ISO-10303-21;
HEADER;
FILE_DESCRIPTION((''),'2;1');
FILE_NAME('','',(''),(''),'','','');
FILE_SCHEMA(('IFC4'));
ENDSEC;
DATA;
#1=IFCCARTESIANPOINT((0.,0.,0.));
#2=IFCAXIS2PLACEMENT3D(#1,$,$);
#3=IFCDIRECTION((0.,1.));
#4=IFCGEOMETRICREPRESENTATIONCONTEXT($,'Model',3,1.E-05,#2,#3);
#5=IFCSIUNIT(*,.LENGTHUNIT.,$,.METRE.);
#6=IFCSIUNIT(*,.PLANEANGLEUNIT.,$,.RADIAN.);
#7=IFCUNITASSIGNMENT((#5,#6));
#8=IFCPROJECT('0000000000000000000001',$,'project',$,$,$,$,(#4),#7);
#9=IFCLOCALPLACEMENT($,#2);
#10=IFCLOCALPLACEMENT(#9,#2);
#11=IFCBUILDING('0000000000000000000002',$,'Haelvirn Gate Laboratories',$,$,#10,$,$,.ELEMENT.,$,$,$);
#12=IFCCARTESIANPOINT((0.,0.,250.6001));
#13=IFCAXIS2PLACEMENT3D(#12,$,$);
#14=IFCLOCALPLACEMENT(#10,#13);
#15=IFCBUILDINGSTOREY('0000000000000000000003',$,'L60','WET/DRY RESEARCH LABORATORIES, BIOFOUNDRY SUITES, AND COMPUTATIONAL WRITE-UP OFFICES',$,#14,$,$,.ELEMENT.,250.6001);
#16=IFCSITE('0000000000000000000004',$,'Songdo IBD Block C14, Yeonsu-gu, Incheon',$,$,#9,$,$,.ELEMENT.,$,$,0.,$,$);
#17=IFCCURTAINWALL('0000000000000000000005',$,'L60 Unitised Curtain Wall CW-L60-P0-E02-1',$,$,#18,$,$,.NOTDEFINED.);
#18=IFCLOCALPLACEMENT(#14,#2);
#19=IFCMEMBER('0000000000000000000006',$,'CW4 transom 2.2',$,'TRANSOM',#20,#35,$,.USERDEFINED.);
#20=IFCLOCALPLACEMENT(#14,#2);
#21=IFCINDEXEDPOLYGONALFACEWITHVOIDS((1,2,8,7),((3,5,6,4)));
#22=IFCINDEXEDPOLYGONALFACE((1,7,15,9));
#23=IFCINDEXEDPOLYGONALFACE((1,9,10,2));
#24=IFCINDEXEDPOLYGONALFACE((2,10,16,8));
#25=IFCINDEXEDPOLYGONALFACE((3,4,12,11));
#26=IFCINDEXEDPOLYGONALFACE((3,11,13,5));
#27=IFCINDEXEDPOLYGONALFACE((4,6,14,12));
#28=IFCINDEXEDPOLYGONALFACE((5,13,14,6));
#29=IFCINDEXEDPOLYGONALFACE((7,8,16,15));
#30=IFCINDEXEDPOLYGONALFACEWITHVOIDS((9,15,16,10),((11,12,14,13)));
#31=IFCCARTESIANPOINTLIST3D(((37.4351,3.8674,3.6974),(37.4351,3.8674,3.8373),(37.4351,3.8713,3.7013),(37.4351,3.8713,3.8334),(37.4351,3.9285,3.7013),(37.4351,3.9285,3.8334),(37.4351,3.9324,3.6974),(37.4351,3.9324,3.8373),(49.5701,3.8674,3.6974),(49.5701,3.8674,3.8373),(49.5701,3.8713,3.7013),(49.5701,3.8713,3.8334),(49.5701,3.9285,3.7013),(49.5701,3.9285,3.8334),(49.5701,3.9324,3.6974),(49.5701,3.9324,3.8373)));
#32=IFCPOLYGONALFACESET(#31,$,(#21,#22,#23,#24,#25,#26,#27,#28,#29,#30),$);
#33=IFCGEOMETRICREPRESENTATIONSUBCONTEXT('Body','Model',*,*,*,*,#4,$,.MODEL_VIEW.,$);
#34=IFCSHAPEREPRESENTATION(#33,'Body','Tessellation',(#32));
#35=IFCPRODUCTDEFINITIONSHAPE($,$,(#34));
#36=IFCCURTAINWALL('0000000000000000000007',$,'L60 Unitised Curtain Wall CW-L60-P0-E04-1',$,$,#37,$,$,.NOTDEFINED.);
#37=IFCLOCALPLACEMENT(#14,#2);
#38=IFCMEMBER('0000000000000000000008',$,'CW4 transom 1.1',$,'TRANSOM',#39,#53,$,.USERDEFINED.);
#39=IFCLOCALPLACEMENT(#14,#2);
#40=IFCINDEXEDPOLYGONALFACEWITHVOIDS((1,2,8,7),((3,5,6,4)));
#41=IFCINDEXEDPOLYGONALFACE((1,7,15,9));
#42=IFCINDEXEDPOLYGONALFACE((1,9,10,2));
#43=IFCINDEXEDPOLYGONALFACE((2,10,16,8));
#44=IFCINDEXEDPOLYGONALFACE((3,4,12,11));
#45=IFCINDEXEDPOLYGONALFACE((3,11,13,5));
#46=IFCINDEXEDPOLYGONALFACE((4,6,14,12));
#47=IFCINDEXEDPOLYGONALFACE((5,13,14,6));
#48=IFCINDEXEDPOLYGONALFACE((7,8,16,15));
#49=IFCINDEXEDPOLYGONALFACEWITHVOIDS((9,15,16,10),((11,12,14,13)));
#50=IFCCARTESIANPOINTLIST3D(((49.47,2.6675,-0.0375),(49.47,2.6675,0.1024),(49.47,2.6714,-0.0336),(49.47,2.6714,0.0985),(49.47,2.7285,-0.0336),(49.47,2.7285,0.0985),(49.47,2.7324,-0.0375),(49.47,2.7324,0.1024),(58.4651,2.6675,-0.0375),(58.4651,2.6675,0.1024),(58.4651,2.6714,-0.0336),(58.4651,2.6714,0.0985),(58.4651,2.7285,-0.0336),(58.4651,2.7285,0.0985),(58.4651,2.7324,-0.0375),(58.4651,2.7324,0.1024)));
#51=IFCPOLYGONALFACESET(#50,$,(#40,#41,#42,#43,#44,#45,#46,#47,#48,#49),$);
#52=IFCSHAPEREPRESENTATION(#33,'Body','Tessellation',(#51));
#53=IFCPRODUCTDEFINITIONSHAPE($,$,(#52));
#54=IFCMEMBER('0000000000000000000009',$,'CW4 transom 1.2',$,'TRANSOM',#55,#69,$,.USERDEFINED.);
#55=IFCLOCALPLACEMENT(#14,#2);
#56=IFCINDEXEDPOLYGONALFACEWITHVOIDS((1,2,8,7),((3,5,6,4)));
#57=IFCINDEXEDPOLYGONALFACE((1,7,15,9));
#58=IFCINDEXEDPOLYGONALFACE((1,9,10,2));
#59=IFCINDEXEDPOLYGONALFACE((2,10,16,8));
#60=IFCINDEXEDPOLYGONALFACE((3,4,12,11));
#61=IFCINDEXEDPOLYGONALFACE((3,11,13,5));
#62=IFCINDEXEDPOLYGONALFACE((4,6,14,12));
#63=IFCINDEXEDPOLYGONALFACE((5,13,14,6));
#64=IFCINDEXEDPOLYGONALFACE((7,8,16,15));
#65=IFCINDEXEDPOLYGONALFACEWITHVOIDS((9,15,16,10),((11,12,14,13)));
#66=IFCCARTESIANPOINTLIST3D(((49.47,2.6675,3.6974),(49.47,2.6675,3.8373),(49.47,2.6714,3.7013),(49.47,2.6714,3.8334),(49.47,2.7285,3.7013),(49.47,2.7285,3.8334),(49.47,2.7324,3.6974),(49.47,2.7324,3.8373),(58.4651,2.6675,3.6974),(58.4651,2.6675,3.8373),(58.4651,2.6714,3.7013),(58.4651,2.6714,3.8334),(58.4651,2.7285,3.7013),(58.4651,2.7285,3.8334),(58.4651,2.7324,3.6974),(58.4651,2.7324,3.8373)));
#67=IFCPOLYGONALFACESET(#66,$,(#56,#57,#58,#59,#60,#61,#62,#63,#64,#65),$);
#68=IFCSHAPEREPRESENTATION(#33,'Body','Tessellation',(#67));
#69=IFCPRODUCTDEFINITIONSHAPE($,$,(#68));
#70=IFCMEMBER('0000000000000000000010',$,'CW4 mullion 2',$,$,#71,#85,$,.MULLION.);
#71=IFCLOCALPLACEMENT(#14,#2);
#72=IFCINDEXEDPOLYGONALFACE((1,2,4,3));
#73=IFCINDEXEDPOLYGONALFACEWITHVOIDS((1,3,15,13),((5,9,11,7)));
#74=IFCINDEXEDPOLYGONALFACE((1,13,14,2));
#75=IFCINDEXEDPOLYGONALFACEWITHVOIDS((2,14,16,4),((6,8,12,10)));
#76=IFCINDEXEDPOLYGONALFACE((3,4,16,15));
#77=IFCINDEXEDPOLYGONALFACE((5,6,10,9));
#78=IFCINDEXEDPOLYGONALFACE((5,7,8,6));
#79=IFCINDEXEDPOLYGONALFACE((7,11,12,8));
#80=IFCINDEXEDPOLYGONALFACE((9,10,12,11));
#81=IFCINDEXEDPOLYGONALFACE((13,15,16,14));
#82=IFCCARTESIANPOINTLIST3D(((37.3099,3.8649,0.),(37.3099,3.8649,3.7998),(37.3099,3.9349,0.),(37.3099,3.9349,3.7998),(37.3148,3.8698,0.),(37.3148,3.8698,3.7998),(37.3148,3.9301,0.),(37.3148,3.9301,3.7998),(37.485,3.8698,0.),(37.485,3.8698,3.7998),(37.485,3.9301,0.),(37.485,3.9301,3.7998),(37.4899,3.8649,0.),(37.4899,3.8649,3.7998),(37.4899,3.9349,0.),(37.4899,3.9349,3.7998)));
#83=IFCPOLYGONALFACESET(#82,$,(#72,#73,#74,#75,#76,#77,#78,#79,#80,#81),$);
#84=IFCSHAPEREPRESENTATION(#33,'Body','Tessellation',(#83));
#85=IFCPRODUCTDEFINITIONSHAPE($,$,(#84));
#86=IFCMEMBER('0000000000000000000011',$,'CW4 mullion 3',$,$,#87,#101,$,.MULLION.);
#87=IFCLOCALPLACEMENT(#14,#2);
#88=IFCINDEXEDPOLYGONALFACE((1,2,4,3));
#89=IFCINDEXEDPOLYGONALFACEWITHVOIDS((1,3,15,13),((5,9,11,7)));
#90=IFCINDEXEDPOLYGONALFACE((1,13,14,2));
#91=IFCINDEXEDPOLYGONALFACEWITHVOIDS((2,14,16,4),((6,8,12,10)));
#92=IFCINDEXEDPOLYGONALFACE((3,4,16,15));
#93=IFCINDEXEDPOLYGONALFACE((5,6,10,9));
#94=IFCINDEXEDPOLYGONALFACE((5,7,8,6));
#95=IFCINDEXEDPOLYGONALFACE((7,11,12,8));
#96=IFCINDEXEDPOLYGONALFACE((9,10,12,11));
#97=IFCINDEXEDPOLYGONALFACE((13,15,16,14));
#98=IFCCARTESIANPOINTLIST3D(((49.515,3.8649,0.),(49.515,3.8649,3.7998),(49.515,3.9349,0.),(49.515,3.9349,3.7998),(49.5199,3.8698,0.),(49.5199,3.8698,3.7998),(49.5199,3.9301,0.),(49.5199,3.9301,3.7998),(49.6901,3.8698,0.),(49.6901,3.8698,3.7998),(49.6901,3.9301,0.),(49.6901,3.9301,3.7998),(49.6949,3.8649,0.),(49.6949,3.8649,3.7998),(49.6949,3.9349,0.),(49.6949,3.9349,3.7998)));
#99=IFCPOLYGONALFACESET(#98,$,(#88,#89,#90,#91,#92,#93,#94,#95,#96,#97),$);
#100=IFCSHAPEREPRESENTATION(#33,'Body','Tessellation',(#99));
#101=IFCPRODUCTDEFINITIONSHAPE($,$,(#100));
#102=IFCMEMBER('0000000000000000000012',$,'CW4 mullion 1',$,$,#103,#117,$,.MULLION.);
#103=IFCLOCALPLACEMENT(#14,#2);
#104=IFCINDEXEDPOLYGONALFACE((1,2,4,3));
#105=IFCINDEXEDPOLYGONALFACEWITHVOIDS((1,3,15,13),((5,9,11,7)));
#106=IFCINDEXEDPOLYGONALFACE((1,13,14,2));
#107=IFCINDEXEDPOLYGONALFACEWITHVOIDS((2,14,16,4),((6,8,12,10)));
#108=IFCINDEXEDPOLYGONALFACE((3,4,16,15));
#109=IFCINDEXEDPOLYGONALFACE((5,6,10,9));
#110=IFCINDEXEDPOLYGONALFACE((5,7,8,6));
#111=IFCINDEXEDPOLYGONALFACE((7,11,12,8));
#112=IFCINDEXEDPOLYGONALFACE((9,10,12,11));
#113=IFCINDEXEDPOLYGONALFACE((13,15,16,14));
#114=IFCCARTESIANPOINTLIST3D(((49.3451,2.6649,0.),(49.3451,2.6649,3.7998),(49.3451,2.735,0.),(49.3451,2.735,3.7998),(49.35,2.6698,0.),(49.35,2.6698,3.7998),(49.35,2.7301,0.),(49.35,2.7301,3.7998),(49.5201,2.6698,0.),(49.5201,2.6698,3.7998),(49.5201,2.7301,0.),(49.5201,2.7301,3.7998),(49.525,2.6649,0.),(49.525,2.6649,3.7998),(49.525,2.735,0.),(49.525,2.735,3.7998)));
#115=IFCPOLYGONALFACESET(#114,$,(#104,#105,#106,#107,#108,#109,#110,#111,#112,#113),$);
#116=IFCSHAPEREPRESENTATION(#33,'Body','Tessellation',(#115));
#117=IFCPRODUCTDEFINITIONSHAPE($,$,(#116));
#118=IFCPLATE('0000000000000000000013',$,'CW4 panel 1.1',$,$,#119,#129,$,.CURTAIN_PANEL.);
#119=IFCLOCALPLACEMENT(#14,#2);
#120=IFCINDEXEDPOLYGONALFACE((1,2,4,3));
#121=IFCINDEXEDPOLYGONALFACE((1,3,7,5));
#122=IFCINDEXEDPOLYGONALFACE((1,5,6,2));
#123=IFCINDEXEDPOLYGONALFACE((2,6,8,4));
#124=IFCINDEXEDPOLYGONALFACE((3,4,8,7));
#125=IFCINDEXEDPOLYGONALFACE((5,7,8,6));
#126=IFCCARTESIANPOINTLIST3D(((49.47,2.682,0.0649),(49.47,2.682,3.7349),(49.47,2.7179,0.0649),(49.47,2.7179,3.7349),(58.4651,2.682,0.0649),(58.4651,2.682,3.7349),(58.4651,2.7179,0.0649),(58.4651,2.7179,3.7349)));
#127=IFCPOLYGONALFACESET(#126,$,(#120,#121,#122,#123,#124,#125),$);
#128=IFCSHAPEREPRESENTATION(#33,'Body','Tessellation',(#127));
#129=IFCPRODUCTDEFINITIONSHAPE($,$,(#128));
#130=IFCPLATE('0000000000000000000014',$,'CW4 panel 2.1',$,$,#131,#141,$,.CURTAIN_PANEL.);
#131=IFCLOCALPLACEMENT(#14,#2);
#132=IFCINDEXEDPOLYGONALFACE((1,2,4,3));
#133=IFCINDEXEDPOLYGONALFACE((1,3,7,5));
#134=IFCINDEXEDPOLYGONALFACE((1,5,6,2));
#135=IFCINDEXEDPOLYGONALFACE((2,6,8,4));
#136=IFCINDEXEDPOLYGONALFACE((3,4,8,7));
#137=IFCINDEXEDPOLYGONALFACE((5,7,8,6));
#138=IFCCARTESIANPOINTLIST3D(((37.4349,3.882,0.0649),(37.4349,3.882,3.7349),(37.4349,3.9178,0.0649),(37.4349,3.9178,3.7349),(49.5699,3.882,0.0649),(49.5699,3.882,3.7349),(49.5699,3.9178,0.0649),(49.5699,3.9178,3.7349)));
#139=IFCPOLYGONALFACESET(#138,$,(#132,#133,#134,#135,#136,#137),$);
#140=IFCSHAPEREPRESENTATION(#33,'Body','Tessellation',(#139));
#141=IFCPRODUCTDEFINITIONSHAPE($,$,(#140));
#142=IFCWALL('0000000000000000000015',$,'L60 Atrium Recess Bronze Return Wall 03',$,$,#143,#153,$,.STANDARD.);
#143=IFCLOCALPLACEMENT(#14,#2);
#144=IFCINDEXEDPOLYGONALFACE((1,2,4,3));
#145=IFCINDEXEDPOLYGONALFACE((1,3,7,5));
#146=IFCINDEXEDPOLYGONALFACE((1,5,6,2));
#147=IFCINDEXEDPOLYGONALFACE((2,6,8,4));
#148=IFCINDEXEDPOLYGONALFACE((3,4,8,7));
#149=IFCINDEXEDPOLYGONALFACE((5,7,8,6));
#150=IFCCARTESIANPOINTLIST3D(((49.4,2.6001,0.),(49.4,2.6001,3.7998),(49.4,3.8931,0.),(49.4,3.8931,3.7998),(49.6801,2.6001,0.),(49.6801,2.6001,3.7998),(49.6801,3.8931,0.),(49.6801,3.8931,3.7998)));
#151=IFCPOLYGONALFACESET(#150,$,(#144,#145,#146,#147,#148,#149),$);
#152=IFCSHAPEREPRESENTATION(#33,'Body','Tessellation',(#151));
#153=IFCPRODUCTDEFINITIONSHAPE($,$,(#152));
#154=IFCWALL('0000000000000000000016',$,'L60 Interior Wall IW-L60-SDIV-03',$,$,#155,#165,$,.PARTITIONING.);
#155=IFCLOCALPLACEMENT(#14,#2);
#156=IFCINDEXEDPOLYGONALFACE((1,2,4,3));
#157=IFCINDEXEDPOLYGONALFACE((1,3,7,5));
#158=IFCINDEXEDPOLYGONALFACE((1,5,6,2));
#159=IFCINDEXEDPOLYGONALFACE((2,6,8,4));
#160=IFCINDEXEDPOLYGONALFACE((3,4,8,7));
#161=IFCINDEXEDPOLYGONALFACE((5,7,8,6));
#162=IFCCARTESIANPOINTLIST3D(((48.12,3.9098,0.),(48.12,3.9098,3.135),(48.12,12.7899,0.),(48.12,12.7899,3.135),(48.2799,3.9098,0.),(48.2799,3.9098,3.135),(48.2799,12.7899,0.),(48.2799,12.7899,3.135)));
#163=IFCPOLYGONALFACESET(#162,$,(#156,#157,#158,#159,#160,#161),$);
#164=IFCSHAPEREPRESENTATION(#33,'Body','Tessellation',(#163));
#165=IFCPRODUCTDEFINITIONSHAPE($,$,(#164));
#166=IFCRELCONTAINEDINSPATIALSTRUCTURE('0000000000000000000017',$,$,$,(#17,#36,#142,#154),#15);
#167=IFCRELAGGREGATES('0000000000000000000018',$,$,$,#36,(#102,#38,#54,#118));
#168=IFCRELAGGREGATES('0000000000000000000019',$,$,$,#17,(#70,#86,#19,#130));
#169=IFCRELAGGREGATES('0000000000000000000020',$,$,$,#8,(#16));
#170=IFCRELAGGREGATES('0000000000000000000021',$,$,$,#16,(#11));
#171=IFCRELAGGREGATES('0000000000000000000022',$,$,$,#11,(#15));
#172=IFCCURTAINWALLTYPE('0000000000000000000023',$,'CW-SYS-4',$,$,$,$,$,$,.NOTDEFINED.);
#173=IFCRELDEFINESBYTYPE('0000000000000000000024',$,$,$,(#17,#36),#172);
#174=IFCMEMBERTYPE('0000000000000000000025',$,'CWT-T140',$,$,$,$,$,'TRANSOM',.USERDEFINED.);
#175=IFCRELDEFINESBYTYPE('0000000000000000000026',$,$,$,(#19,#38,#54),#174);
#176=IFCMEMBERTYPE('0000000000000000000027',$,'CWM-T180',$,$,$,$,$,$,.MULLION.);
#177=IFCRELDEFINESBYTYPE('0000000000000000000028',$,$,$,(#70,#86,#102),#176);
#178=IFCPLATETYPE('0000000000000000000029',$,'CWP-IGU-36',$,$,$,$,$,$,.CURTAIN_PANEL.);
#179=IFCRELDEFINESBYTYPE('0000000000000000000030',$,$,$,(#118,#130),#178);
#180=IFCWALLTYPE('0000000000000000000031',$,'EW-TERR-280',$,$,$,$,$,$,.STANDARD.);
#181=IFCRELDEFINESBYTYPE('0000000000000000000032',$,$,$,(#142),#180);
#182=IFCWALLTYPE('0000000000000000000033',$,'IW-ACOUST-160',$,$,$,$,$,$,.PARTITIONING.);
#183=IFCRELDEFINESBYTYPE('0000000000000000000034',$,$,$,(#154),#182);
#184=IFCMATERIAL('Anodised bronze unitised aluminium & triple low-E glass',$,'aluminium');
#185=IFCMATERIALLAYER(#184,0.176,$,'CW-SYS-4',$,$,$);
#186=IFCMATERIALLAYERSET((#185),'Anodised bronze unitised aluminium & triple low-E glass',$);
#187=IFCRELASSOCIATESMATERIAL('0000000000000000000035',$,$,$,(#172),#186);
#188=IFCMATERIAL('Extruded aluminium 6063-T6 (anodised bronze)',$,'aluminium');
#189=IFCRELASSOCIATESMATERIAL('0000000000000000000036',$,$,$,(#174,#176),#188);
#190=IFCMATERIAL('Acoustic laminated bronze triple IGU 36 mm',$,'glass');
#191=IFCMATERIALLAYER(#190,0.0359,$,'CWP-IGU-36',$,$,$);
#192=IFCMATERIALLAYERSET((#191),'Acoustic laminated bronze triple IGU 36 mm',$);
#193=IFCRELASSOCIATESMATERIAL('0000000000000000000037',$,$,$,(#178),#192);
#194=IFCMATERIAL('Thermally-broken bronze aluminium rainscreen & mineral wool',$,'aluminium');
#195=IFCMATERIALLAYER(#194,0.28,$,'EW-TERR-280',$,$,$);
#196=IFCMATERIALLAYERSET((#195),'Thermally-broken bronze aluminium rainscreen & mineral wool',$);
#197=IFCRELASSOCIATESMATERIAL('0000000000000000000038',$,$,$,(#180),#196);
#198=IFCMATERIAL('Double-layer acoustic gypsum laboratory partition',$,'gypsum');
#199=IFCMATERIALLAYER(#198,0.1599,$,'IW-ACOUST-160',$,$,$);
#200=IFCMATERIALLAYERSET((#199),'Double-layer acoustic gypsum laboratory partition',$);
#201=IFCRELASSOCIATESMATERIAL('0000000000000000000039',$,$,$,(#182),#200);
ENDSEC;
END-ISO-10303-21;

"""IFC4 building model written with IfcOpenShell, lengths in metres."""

from ifc_helpers import new_model, si_unit, direction, frame, frame_2d, origin, origin_2d, place, context, subcontext, project, spatial, rectangle, hollow_rectangle, extrude, source, transform, mapped, material, layer, layer_set, material_profile, profile_set, type_object, type_shapes, element, aggregate, save


model = new_model("IFC4")

# Units and contexts
model_context = context("Model", 3, precision=1e-05, world=origin(), true_north=direction((0.0, 1.0)))
body_context = subcontext(model_context, "Body", "Model", "MODEL_VIEW")
ifc_project = project(units=[si_unit("LENGTHUNIT", "METRE"), si_unit("PLANEANGLEUNIT", "RADIAN")], contexts=[model_context])

# Site, building, storey
site_placement = place(None, origin())
site = spatial("IfcSite", under=ifc_project, at=site_placement, Name="Songdo IBD Block C14, Yeonsu-gu, Incheon", CompositionType="ELEMENT", RefElevation=0.0)
building_placement = place(site_placement, origin())
building = spatial("IfcBuilding", under=site, at=building_placement, Name="Haelvirn Gate Laboratories", CompositionType="ELEMENT")
storey_placement = place(building_placement, frame((0.0, 0.0, 250.6001)))
storey = spatial("IfcBuildingStorey", under=building, at=storey_placement, Name="L60", Description="WET/DRY RESEARCH LABORATORIES, BIOFOUNDRY SUITES, AND COMPUTATIONAL WRITE-UP OFFICES", CompositionType="ELEMENT", Elevation=250.6001)

# Curtain walls, members
ifc_material_1 = material(Name="Anodised bronze unitised aluminium & triple low-E glass", Category="aluminium")
ifc_layer_1 = layer(ifc_material_1, 0.176, Name="CW-SYS-4")
ifc_layer_set_1 = layer_set([ifc_layer_1], Name="Anodised bronze unitised aluminium & triple low-E glass")
curtain_wall_type = type_object("IfcCurtainWallType", Name="CW-SYS-4", PredefinedType="NOTDEFINED", material=ifc_layer_set_1)
curtain_wall_1_placement = place(storey_placement, origin())
curtain_wall_1 = element("IfcCurtainWall", 1, at=curtain_wall_1_placement, inside=storey, type_object=curtain_wall_type, Name="L60 Unitised Curtain Wall CW-L60-P0-E02-1", PredefinedType="NOTDEFINED")
ifc_material_2 = material(Name="Extruded aluminium 6063-T6 (anodised bronze)", Category="aluminium")
ifc_material_profile_1 = material_profile(ifc_material_2, hollow_rectangle(XDim=0.0649, YDim=0.1399, WallThickness=0.0039, at=origin_2d()), Name="CWT-140x65x4")
ifc_profile_set_1 = profile_set([ifc_material_profile_1], Name="Extruded aluminium 6063-T6 (anodised bronze)")
member_type_1 = type_object("IfcMemberType", Name="CWT-T140", ElementType="TRANSOM", PredefinedType="USERDEFINED", material=ifc_profile_set_1)
shared_shape_1 = source(origin(), body_context, "Body", "SweptSolid", [
    extrude(hollow_rectangle(XDim=0.0649, YDim=0.1399, WallThickness=0.0039, at=origin_2d()), origin(), (0.0, 0.0, 1.0), 12.135),
])
member_1_placement = place(storey_placement, frame((37.4351, 3.8999, 3.7673), z_axis=(1.0, 0.0, 0.0), x_axis=(0.0, 1.0, 0.0)))
member_1 = element("IfcMember", 2, at=member_1_placement, type_object=member_type_1, Name="CW4 transom 2.2", ObjectType="TRANSOM", PredefinedType="USERDEFINED", context=body_context, shape_type="MappedRepresentation", body=[
    mapped(shared_shape_1, transform((0.0, 0.0, 0.0), scale=1.0)),
])
curtain_wall_2_placement = place(storey_placement, origin())
curtain_wall_2 = element("IfcCurtainWall", 3, at=curtain_wall_2_placement, inside=storey, type_object=curtain_wall_type, Name="L60 Unitised Curtain Wall CW-L60-P0-E04-1", PredefinedType="NOTDEFINED")
shared_shape_2 = source(origin(), body_context, "Body", "SweptSolid", [
    extrude(hollow_rectangle(XDim=0.0649, YDim=0.1399, WallThickness=0.0039, at=origin_2d()), origin(), (0.0, 0.0, 1.0), 8.9951),
])
type_shapes(member_type_1, [shared_shape_1, shared_shape_2])
member_2_placement = place(storey_placement, frame((49.47, 2.7, 0.0325), z_axis=(1.0, 0.0, 0.0), x_axis=(0.0, 1.0, 0.0)))
member_2 = element("IfcMember", 4, at=member_2_placement, type_object=member_type_1, Name="CW4 transom 1.1", ObjectType="TRANSOM", PredefinedType="USERDEFINED", context=body_context, shape_type="MappedRepresentation", body=[
    mapped(shared_shape_2, transform((0.0, 0.0, 0.0), scale=1.0)),
])
member_3_placement = place(storey_placement, frame((49.47, 2.7, 3.7673), z_axis=(1.0, 0.0, 0.0), x_axis=(0.0, 1.0, 0.0)))
member_3 = element("IfcMember", 5, at=member_3_placement, type_object=member_type_1, Name="CW4 transom 1.2", ObjectType="TRANSOM", PredefinedType="USERDEFINED", context=body_context, shape_type="MappedRepresentation", body=[
    mapped(shared_shape_2, transform((0.0, 0.0, 0.0), scale=1.0)),
])

# Members
ifc_material_profile_2 = material_profile(ifc_material_2, hollow_rectangle(XDim=0.0701, YDim=0.1799, WallThickness=0.0049, at=origin_2d()), Name="CWM-180x70x5")
ifc_profile_set_2 = profile_set([ifc_material_profile_2], Name="Extruded aluminium 6063-T6 (anodised bronze)")
member_type_2 = type_object("IfcMemberType", Name="CWM-T180", PredefinedType="MULLION", material=ifc_profile_set_2)
shared_shape_3 = source(origin(), body_context, "Body", "SweptSolid", [
    extrude(hollow_rectangle(XDim=0.0701, YDim=0.1799, WallThickness=0.0049, at=origin_2d()), origin(), (0.0, 0.0, 1.0), 3.7998),
])
type_shapes(member_type_2, [shared_shape_3])
member_4_placement = place(storey_placement, frame((37.3999, 3.8999, 0.0), z_axis=(0.0, 0.0, 1.0), x_axis=(0.0, 1.0, 0.0)))
member_4 = element("IfcMember", 6, at=member_4_placement, type_object=member_type_2, Name="CW4 mullion 2", PredefinedType="MULLION", context=body_context, shape_type="MappedRepresentation", body=[
    mapped(shared_shape_3, transform((0.0, 0.0, 0.0), scale=1.0)),
])
member_5_placement = place(storey_placement, frame((49.605, 3.8999, 0.0), z_axis=(0.0, 0.0, 1.0), x_axis=(0.0, 1.0, 0.0)))
member_5 = element("IfcMember", 7, at=member_5_placement, type_object=member_type_2, Name="CW4 mullion 3", PredefinedType="MULLION", context=body_context, shape_type="MappedRepresentation", body=[
    mapped(shared_shape_3, transform((0.0, 0.0, 0.0), scale=1.0)),
])
member_6_placement = place(storey_placement, frame((49.4351, 2.7, 0.0), z_axis=(0.0, 0.0, 1.0), x_axis=(0.0, 1.0, 0.0)))
member_6 = element("IfcMember", 8, at=member_6_placement, type_object=member_type_2, Name="CW4 mullion 1", PredefinedType="MULLION", context=body_context, shape_type="MappedRepresentation", body=[
    mapped(shared_shape_3, transform((0.0, 0.0, 0.0), scale=1.0)),
])

# Plates
ifc_material_3 = material(Name="Acoustic laminated bronze triple IGU 36 mm", Category="glass")
ifc_layer_2 = layer(ifc_material_3, 0.0359, Name="CWP-IGU-36")
ifc_layer_set_2 = layer_set([ifc_layer_2], Name="Acoustic laminated bronze triple IGU 36 mm")
plate_type = type_object("IfcPlateType", Name="CWP-IGU-36", PredefinedType="CURTAIN_PANEL", material=ifc_layer_set_2)
shared_shape_4 = source(origin(), body_context, "Body", "SweptSolid", [
    extrude(rectangle(XDim=8.9951, YDim=0.0359, at=origin_2d()), origin(), (0.0, 0.0, 1.0), 3.6699),
])
plate_1_placement = place(storey_placement, frame((53.9675, 2.7, 0.0649), z_axis=(0.0, 0.0, 1.0), x_axis=(1.0, 0.0, 0.0)))
plate_1 = element("IfcPlate", 9, at=plate_1_placement, type_object=plate_type, Name="CW4 panel 1.1", PredefinedType="CURTAIN_PANEL", context=body_context, shape_type="MappedRepresentation", body=[
    mapped(shared_shape_4, transform((0.0, 0.0, 0.0), scale=1.0)),
])
aggregate(curtain_wall_2, [member_6, member_2, member_3, plate_1])
shared_shape_5 = source(origin(), body_context, "Body", "SweptSolid", [
    extrude(rectangle(XDim=12.135, YDim=0.0359, at=origin_2d()), origin(), (0.0, 0.0, 1.0), 3.6699),
])
type_shapes(plate_type, [shared_shape_4, shared_shape_5])
plate_2_placement = place(storey_placement, frame((43.5024, 3.8999, 0.0649), z_axis=(0.0, 0.0, 1.0), x_axis=(1.0, 0.0, 0.0)))
plate_2 = element("IfcPlate", 10, at=plate_2_placement, type_object=plate_type, Name="CW4 panel 2.1", PredefinedType="CURTAIN_PANEL", context=body_context, shape_type="MappedRepresentation", body=[
    mapped(shared_shape_5, transform((0.0, 0.0, 0.0), scale=1.0)),
])
aggregate(curtain_wall_1, [member_4, member_5, member_1, plate_2])

# Walls
ifc_material_4 = material(Name="Thermally-broken bronze aluminium rainscreen & mineral wool", Category="aluminium")
ifc_layer_3 = layer(ifc_material_4, 0.28, Name="EW-TERR-280")
ifc_layer_set_3 = layer_set([ifc_layer_3], Name="Thermally-broken bronze aluminium rainscreen & mineral wool")
wall_type_1 = type_object("IfcWallType", Name="EW-TERR-280", PredefinedType="STANDARD", material=ifc_layer_set_3)
wall_1_placement = place(storey_placement, frame((49.54, 3.8931, 0.0), z_axis=(0.0, 0.0, 1.0), x_axis=(0.0, -1.0, 0.0)))
element("IfcWall", 11, at=wall_1_placement, inside=storey, type_object=wall_type_1, Name="L60 Atrium Recess Bronze Return Wall 03", PredefinedType="STANDARD", context=body_context, shape_type="SweptSolid", body=[
    extrude(rectangle(XDim=1.293, YDim=0.28, at=frame_2d((0.6465, 0.0))), origin(), (0.0, 0.0, 1.0), 3.7998),
])
ifc_material_5 = material(Name="Double-layer acoustic gypsum laboratory partition", Category="gypsum")
ifc_layer_4 = layer(ifc_material_5, 0.1599, Name="IW-ACOUST-160")
ifc_layer_set_4 = layer_set([ifc_layer_4], Name="Double-layer acoustic gypsum laboratory partition")
wall_type_2 = type_object("IfcWallType", Name="IW-ACOUST-160", PredefinedType="PARTITIONING", material=ifc_layer_set_4)
wall_2_placement = place(storey_placement, frame((48.2, 3.9099, 0.0), z_axis=(0.0, 0.0, 1.0), x_axis=(0.0, 1.0, 0.0)))
element("IfcWall", 12, at=wall_2_placement, inside=storey, type_object=wall_type_2, Name="L60 Interior Wall IW-L60-SDIV-03", PredefinedType="PARTITIONING", context=body_context, shape_type="SweptSolid", body=[
    extrude(rectangle(XDim=8.8801, YDim=0.1599, at=frame_2d((4.4399, 0.0))), origin(), (0.0, 0.0, 1.0), 3.135),
])

save(model, "model.ifc")
